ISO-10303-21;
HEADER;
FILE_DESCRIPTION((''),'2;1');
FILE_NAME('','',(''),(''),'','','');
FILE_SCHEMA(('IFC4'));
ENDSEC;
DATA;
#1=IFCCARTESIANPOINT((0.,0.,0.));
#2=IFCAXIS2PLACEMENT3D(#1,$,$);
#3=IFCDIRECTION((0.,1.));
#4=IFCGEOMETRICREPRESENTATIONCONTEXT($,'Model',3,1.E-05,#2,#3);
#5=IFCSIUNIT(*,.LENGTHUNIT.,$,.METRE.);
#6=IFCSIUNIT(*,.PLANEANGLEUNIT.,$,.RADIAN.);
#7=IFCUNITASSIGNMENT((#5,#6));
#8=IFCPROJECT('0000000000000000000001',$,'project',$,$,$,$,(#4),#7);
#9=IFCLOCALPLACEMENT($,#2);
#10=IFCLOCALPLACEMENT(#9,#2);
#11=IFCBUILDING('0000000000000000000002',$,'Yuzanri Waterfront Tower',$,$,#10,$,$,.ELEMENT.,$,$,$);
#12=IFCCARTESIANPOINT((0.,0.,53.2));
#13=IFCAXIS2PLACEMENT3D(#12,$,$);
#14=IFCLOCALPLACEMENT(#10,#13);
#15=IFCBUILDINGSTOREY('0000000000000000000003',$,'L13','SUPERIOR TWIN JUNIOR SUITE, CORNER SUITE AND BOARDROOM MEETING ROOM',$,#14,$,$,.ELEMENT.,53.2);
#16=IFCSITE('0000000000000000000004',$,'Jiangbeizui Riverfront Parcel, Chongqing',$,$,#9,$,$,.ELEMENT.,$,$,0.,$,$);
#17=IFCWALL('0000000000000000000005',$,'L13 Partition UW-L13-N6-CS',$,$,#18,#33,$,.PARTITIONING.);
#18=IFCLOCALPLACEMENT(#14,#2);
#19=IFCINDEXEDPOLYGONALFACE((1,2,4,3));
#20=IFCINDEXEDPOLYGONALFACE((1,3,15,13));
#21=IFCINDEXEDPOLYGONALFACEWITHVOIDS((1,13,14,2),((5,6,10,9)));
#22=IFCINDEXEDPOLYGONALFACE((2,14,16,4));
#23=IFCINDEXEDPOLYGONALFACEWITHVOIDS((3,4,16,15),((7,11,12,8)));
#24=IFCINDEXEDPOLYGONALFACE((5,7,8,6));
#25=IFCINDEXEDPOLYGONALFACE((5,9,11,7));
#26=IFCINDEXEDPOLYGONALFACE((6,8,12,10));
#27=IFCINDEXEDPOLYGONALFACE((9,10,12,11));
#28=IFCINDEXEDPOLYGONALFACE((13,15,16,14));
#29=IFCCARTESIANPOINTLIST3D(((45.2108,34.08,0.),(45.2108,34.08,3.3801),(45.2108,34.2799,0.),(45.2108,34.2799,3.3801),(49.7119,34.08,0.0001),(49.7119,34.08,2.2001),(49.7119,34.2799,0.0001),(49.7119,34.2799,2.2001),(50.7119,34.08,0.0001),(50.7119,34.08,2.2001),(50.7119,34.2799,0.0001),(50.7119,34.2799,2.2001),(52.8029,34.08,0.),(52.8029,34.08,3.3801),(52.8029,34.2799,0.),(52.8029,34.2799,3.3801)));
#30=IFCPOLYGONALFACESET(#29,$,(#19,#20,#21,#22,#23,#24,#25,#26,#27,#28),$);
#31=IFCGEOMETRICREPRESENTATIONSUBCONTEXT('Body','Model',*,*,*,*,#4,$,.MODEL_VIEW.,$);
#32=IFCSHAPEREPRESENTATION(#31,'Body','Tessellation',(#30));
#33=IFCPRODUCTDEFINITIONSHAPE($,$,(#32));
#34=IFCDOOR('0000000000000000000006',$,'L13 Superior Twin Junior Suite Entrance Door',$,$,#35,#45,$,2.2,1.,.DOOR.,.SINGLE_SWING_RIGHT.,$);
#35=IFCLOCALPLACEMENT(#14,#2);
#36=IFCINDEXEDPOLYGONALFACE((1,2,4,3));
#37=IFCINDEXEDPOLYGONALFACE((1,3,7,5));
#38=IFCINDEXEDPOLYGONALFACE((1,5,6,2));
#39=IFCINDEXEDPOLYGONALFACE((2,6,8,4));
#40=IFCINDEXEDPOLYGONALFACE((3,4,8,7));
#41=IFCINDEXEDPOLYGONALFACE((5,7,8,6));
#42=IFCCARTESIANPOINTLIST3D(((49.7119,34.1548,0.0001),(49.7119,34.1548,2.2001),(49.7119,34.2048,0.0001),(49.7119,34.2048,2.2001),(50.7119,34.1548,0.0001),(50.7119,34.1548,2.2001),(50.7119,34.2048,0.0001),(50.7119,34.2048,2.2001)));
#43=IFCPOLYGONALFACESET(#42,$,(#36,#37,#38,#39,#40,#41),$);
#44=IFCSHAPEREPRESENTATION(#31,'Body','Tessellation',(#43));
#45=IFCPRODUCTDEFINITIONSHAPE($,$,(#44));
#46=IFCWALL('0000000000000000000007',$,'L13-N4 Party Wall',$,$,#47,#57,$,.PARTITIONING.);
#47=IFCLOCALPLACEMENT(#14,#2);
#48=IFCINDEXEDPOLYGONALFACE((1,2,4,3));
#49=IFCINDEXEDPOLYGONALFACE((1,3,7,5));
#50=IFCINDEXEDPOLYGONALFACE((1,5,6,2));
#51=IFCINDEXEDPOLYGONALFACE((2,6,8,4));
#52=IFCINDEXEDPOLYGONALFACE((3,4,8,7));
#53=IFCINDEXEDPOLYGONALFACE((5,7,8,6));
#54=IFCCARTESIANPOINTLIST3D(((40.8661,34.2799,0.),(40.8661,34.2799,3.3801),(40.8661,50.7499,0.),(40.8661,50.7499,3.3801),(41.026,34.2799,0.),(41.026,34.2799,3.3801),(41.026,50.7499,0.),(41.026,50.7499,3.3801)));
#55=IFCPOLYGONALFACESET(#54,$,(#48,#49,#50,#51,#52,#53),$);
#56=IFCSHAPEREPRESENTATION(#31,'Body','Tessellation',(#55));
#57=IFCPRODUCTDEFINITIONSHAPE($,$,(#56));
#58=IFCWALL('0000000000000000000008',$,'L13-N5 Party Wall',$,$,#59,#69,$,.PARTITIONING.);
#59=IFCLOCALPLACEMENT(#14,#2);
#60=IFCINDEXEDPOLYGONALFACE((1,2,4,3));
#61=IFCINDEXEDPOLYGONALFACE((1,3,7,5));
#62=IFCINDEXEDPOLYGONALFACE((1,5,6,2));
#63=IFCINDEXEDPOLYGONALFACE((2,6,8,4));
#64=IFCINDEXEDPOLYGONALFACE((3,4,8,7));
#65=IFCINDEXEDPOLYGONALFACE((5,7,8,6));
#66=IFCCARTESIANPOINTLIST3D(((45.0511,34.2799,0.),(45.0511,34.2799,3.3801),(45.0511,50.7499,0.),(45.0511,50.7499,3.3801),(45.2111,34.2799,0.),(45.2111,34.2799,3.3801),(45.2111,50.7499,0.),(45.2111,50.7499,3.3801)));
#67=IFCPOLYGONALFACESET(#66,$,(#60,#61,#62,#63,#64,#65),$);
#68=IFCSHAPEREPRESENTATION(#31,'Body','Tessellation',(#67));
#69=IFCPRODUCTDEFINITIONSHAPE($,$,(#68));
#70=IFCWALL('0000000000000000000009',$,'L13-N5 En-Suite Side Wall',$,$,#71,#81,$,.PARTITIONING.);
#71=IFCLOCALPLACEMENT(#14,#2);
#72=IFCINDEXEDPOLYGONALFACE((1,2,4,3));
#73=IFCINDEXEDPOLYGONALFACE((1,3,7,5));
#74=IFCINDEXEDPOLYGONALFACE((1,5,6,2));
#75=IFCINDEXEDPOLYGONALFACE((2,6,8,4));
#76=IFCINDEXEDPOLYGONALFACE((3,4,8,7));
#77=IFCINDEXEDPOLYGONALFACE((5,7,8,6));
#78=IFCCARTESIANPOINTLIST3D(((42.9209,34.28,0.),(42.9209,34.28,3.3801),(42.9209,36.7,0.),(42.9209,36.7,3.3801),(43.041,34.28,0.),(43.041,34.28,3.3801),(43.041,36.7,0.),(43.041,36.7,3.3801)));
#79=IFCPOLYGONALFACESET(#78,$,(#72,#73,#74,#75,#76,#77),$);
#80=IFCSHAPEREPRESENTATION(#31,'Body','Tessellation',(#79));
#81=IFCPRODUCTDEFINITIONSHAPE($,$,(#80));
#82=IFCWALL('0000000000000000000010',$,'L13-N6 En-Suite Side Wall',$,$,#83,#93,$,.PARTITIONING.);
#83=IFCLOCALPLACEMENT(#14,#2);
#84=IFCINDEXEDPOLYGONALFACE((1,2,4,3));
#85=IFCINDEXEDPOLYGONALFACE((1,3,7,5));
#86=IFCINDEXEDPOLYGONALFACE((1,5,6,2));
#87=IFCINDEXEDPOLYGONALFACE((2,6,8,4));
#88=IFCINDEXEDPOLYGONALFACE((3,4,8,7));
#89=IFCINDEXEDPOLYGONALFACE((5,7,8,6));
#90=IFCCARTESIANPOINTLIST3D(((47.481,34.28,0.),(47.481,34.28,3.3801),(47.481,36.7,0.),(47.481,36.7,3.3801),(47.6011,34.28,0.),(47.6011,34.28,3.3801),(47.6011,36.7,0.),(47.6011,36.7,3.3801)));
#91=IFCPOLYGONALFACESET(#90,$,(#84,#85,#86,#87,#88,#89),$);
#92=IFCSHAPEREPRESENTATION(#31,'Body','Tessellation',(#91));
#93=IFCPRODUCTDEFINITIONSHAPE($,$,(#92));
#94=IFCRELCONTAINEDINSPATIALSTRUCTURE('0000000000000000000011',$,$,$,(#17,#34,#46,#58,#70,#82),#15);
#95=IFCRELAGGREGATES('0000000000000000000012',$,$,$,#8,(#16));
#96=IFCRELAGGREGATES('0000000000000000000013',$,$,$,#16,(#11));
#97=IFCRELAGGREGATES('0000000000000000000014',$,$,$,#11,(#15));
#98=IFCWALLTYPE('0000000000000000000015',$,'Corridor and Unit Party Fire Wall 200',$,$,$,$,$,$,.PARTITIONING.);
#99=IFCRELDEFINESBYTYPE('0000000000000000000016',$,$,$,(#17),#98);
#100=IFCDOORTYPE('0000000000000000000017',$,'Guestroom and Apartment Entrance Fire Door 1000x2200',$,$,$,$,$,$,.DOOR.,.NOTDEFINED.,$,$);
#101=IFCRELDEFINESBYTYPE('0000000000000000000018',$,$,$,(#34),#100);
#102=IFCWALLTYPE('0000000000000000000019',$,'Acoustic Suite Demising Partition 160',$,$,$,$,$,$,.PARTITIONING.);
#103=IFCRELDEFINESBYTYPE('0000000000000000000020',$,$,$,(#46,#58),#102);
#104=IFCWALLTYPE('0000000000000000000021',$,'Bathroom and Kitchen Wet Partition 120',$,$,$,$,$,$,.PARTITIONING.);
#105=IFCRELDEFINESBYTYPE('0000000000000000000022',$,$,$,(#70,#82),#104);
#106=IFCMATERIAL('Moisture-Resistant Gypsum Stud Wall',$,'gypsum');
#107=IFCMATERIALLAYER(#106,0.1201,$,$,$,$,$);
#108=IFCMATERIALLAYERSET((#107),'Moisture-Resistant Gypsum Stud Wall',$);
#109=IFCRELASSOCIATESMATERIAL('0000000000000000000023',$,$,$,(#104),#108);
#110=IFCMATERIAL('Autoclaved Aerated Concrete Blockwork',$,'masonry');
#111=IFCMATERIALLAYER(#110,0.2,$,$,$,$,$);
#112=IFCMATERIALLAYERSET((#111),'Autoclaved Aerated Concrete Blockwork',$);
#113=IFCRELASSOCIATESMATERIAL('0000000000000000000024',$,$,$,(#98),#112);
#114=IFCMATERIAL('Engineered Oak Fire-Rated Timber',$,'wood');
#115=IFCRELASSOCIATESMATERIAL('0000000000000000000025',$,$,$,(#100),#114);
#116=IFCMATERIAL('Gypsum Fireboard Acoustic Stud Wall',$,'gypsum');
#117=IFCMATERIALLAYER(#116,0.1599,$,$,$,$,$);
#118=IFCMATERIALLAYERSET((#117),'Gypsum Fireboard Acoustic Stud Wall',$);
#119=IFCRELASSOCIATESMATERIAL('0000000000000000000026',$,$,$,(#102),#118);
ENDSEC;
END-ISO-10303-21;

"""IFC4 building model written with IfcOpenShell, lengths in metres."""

from ifc_helpers import new_model, si_unit, direction, frame, frame_2d, origin, place, context, subcontext, project, spatial, rectangle, extrude, source, transform, mapped, material, layer, layer_set, type_object, element, fill, save


model = new_model("IFC4")

# Units and contexts
model_context = context("Model", 3, precision=1e-05, world=origin(), true_north=direction((0.0, 1.0)))
body_context = subcontext(model_context, "Body", "Model", "MODEL_VIEW")
ifc_project = project(units=[si_unit("LENGTHUNIT", "METRE"), si_unit("PLANEANGLEUNIT", "RADIAN")], contexts=[model_context])

# Site, building, storey
site_placement = place(None, origin())
site = spatial("IfcSite", under=ifc_project, at=site_placement, Name="Jiangbeizui Riverfront Parcel, Chongqing", CompositionType="ELEMENT", RefElevation=0.0)
building_placement = place(site_placement, origin())
building = spatial("IfcBuilding", under=site, at=building_placement, Name="Yuzanri Waterfront Tower", CompositionType="ELEMENT")
storey_placement = place(building_placement, frame((0.0, 0.0, 53.2)))
storey = spatial("IfcBuildingStorey", under=building, at=storey_placement, Name="L13", Description="SUPERIOR TWIN JUNIOR SUITE, CORNER SUITE AND BOARDROOM MEETING ROOM", CompositionType="ELEMENT", Elevation=53.2)

# Wall, opening, door
ifc_material_1 = material(Name="Moisture-Resistant Gypsum Stud Wall", Category="gypsum")
ifc_layer_1 = layer(ifc_material_1, 0.1201)
ifc_layer_set_1 = layer_set([ifc_layer_1], Name="Moisture-Resistant Gypsum Stud Wall")
wall_type_1 = type_object("IfcWallType", Name="Bathroom and Kitchen Wet Partition 120", PredefinedType="PARTITIONING", material=ifc_layer_set_1)
ifc_material_2 = material(Name="Autoclaved Aerated Concrete Blockwork", Category="masonry")
ifc_layer_2 = layer(ifc_material_2, 0.2)
ifc_layer_set_2 = layer_set([ifc_layer_2], Name="Autoclaved Aerated Concrete Blockwork")
wall_type_2 = type_object("IfcWallType", Name="Corridor and Unit Party Fire Wall 200", PredefinedType="PARTITIONING", material=ifc_layer_set_2)
ifc_material_3 = material(Name="Engineered Oak Fire-Rated Timber", Category="wood")
door_type_1 = type_object("IfcDoorType", Name="Guestroom and Apartment Entrance Fire Door 1000x2200", OperationType="NOTDEFINED", PredefinedType="DOOR", material=ifc_material_3)
shared_shape_1 = source(origin(), body_context, "Body", "SweptSolid", [
    extrude(rectangle(XDim=1.0, YDim=2.2, at=frame_2d((0.5, 1.1001))), frame((0.0, 0.0249, 0.0), z_axis=(0.0, -1.0, 0.0), x_axis=(1.0, 0.0, 0.0)), (0.0, 0.0, 1.0), 0.05),
])
wall_1_placement = place(storey_placement, frame((45.2109, 34.1799, 0.0), z_axis=(0.0, 0.0, 1.0), x_axis=(1.0, 0.0, 0.0)))
wall_1 = element("IfcWall", 1, at=wall_1_placement, inside=storey, type_object=wall_type_2, Name="L13 Partition UW-L13-N6-CS", PredefinedType="PARTITIONING", context=body_context, shape_type="SweptSolid", body=[
    extrude(rectangle(XDim=7.592, YDim=0.2, at=frame_2d((3.7959, 0.0))), origin(), (0.0, 0.0, 1.0), 3.3801),
])
opening_1_placement = place(wall_1_placement, frame((4.501, 0.0, 0.0)))
opening_1 = element("IfcOpeningElement", 2, at=opening_1_placement, cuts=wall_1, PredefinedType="OPENING", context=body_context, shape_type="SweptSolid", body=[
    extrude(rectangle(XDim=1.0, YDim=2.2, at=frame_2d((0.5, 1.1001))), frame((0.0, 0.1147, 0.0), z_axis=(0.0, -1.0, 0.0), x_axis=(1.0, 0.0, 0.0)), (0.0, 0.0, 1.0), 0.2297),
])
door_1_placement = place(opening_1_placement, origin())
door_1 = element("IfcDoor", 3, at=door_1_placement, inside=storey, type_object=door_type_1, Name="L13 Superior Twin Junior Suite Entrance Door", OperationType="SINGLE_SWING_RIGHT", OverallHeight=2.2, OverallWidth=1.0, PredefinedType="DOOR", context=body_context, shape_type="MappedRepresentation", body=[
    mapped(shared_shape_1, transform((0.0, 0.0, 0.0), scale=1.0)),
])
fill(opening_1, door_1)

# Walls
ifc_material_4 = material(Name="Gypsum Fireboard Acoustic Stud Wall", Category="gypsum")
ifc_layer_3 = layer(ifc_material_4, 0.1599)
ifc_layer_set_3 = layer_set([ifc_layer_3], Name="Gypsum Fireboard Acoustic Stud Wall")
wall_type_3 = type_object("IfcWallType", Name="Acoustic Suite Demising Partition 160", PredefinedType="PARTITIONING", material=ifc_layer_set_3)
shared_shape_2 = source(origin(), body_context, "Body", "SweptSolid", [
    extrude(rectangle(XDim=16.47, YDim=0.1599, at=frame_2d((8.2349, 0.0))), origin(), (0.0, 0.0, 1.0), 3.3801),
])
for number, where, z_axis, x_axis, name in (
    (4, (40.946, 34.28, 0.0), (0.0, 0.0, 1.0), (0.0, 1.0, 0.0), "L13-N4 Party Wall"),
    (5, (45.1311, 34.28, 0.0), (0.0, 0.0, 1.0), (0.0, 1.0, 0.0), "L13-N5 Party Wall"),
):
    element("IfcWall", number, at=place(storey_placement, frame(where, z_axis=z_axis, x_axis=x_axis)), inside=storey, type_object=wall_type_3, Name=name, PredefinedType="PARTITIONING", context=body_context, shape_type="MappedRepresentation", body=[
        mapped(shared_shape_2, transform((0.0, 0.0, 0.0), scale=1.0)),
    ])
shared_shape_3 = source(origin(), body_context, "Body", "SweptSolid", [
    extrude(rectangle(XDim=2.4199, YDim=0.1201, at=frame_2d((1.21, 0.0))), origin(), (0.0, 0.0, 1.0), 3.3801),
])
for number, where, z_axis, x_axis, name in (
    (6, (42.981, 34.28, 0.0), (0.0, 0.0, 1.0), (0.0, 1.0, 0.0), "L13-N5 En-Suite Side Wall"),
    (7, (47.541, 34.28, 0.0), (0.0, 0.0, 1.0), (0.0, 1.0, 0.0), "L13-N6 En-Suite Side Wall"),
):
    element("IfcWall", number, at=place(storey_placement, frame(where, z_axis=z_axis, x_axis=x_axis)), inside=storey, type_object=wall_type_1, Name=name, PredefinedType="PARTITIONING", context=body_context, shape_type="MappedRepresentation", body=[
        mapped(shared_shape_3, transform((0.0, 0.0, 0.0), scale=1.0)),
    ])

save(model, "model.ifc")
